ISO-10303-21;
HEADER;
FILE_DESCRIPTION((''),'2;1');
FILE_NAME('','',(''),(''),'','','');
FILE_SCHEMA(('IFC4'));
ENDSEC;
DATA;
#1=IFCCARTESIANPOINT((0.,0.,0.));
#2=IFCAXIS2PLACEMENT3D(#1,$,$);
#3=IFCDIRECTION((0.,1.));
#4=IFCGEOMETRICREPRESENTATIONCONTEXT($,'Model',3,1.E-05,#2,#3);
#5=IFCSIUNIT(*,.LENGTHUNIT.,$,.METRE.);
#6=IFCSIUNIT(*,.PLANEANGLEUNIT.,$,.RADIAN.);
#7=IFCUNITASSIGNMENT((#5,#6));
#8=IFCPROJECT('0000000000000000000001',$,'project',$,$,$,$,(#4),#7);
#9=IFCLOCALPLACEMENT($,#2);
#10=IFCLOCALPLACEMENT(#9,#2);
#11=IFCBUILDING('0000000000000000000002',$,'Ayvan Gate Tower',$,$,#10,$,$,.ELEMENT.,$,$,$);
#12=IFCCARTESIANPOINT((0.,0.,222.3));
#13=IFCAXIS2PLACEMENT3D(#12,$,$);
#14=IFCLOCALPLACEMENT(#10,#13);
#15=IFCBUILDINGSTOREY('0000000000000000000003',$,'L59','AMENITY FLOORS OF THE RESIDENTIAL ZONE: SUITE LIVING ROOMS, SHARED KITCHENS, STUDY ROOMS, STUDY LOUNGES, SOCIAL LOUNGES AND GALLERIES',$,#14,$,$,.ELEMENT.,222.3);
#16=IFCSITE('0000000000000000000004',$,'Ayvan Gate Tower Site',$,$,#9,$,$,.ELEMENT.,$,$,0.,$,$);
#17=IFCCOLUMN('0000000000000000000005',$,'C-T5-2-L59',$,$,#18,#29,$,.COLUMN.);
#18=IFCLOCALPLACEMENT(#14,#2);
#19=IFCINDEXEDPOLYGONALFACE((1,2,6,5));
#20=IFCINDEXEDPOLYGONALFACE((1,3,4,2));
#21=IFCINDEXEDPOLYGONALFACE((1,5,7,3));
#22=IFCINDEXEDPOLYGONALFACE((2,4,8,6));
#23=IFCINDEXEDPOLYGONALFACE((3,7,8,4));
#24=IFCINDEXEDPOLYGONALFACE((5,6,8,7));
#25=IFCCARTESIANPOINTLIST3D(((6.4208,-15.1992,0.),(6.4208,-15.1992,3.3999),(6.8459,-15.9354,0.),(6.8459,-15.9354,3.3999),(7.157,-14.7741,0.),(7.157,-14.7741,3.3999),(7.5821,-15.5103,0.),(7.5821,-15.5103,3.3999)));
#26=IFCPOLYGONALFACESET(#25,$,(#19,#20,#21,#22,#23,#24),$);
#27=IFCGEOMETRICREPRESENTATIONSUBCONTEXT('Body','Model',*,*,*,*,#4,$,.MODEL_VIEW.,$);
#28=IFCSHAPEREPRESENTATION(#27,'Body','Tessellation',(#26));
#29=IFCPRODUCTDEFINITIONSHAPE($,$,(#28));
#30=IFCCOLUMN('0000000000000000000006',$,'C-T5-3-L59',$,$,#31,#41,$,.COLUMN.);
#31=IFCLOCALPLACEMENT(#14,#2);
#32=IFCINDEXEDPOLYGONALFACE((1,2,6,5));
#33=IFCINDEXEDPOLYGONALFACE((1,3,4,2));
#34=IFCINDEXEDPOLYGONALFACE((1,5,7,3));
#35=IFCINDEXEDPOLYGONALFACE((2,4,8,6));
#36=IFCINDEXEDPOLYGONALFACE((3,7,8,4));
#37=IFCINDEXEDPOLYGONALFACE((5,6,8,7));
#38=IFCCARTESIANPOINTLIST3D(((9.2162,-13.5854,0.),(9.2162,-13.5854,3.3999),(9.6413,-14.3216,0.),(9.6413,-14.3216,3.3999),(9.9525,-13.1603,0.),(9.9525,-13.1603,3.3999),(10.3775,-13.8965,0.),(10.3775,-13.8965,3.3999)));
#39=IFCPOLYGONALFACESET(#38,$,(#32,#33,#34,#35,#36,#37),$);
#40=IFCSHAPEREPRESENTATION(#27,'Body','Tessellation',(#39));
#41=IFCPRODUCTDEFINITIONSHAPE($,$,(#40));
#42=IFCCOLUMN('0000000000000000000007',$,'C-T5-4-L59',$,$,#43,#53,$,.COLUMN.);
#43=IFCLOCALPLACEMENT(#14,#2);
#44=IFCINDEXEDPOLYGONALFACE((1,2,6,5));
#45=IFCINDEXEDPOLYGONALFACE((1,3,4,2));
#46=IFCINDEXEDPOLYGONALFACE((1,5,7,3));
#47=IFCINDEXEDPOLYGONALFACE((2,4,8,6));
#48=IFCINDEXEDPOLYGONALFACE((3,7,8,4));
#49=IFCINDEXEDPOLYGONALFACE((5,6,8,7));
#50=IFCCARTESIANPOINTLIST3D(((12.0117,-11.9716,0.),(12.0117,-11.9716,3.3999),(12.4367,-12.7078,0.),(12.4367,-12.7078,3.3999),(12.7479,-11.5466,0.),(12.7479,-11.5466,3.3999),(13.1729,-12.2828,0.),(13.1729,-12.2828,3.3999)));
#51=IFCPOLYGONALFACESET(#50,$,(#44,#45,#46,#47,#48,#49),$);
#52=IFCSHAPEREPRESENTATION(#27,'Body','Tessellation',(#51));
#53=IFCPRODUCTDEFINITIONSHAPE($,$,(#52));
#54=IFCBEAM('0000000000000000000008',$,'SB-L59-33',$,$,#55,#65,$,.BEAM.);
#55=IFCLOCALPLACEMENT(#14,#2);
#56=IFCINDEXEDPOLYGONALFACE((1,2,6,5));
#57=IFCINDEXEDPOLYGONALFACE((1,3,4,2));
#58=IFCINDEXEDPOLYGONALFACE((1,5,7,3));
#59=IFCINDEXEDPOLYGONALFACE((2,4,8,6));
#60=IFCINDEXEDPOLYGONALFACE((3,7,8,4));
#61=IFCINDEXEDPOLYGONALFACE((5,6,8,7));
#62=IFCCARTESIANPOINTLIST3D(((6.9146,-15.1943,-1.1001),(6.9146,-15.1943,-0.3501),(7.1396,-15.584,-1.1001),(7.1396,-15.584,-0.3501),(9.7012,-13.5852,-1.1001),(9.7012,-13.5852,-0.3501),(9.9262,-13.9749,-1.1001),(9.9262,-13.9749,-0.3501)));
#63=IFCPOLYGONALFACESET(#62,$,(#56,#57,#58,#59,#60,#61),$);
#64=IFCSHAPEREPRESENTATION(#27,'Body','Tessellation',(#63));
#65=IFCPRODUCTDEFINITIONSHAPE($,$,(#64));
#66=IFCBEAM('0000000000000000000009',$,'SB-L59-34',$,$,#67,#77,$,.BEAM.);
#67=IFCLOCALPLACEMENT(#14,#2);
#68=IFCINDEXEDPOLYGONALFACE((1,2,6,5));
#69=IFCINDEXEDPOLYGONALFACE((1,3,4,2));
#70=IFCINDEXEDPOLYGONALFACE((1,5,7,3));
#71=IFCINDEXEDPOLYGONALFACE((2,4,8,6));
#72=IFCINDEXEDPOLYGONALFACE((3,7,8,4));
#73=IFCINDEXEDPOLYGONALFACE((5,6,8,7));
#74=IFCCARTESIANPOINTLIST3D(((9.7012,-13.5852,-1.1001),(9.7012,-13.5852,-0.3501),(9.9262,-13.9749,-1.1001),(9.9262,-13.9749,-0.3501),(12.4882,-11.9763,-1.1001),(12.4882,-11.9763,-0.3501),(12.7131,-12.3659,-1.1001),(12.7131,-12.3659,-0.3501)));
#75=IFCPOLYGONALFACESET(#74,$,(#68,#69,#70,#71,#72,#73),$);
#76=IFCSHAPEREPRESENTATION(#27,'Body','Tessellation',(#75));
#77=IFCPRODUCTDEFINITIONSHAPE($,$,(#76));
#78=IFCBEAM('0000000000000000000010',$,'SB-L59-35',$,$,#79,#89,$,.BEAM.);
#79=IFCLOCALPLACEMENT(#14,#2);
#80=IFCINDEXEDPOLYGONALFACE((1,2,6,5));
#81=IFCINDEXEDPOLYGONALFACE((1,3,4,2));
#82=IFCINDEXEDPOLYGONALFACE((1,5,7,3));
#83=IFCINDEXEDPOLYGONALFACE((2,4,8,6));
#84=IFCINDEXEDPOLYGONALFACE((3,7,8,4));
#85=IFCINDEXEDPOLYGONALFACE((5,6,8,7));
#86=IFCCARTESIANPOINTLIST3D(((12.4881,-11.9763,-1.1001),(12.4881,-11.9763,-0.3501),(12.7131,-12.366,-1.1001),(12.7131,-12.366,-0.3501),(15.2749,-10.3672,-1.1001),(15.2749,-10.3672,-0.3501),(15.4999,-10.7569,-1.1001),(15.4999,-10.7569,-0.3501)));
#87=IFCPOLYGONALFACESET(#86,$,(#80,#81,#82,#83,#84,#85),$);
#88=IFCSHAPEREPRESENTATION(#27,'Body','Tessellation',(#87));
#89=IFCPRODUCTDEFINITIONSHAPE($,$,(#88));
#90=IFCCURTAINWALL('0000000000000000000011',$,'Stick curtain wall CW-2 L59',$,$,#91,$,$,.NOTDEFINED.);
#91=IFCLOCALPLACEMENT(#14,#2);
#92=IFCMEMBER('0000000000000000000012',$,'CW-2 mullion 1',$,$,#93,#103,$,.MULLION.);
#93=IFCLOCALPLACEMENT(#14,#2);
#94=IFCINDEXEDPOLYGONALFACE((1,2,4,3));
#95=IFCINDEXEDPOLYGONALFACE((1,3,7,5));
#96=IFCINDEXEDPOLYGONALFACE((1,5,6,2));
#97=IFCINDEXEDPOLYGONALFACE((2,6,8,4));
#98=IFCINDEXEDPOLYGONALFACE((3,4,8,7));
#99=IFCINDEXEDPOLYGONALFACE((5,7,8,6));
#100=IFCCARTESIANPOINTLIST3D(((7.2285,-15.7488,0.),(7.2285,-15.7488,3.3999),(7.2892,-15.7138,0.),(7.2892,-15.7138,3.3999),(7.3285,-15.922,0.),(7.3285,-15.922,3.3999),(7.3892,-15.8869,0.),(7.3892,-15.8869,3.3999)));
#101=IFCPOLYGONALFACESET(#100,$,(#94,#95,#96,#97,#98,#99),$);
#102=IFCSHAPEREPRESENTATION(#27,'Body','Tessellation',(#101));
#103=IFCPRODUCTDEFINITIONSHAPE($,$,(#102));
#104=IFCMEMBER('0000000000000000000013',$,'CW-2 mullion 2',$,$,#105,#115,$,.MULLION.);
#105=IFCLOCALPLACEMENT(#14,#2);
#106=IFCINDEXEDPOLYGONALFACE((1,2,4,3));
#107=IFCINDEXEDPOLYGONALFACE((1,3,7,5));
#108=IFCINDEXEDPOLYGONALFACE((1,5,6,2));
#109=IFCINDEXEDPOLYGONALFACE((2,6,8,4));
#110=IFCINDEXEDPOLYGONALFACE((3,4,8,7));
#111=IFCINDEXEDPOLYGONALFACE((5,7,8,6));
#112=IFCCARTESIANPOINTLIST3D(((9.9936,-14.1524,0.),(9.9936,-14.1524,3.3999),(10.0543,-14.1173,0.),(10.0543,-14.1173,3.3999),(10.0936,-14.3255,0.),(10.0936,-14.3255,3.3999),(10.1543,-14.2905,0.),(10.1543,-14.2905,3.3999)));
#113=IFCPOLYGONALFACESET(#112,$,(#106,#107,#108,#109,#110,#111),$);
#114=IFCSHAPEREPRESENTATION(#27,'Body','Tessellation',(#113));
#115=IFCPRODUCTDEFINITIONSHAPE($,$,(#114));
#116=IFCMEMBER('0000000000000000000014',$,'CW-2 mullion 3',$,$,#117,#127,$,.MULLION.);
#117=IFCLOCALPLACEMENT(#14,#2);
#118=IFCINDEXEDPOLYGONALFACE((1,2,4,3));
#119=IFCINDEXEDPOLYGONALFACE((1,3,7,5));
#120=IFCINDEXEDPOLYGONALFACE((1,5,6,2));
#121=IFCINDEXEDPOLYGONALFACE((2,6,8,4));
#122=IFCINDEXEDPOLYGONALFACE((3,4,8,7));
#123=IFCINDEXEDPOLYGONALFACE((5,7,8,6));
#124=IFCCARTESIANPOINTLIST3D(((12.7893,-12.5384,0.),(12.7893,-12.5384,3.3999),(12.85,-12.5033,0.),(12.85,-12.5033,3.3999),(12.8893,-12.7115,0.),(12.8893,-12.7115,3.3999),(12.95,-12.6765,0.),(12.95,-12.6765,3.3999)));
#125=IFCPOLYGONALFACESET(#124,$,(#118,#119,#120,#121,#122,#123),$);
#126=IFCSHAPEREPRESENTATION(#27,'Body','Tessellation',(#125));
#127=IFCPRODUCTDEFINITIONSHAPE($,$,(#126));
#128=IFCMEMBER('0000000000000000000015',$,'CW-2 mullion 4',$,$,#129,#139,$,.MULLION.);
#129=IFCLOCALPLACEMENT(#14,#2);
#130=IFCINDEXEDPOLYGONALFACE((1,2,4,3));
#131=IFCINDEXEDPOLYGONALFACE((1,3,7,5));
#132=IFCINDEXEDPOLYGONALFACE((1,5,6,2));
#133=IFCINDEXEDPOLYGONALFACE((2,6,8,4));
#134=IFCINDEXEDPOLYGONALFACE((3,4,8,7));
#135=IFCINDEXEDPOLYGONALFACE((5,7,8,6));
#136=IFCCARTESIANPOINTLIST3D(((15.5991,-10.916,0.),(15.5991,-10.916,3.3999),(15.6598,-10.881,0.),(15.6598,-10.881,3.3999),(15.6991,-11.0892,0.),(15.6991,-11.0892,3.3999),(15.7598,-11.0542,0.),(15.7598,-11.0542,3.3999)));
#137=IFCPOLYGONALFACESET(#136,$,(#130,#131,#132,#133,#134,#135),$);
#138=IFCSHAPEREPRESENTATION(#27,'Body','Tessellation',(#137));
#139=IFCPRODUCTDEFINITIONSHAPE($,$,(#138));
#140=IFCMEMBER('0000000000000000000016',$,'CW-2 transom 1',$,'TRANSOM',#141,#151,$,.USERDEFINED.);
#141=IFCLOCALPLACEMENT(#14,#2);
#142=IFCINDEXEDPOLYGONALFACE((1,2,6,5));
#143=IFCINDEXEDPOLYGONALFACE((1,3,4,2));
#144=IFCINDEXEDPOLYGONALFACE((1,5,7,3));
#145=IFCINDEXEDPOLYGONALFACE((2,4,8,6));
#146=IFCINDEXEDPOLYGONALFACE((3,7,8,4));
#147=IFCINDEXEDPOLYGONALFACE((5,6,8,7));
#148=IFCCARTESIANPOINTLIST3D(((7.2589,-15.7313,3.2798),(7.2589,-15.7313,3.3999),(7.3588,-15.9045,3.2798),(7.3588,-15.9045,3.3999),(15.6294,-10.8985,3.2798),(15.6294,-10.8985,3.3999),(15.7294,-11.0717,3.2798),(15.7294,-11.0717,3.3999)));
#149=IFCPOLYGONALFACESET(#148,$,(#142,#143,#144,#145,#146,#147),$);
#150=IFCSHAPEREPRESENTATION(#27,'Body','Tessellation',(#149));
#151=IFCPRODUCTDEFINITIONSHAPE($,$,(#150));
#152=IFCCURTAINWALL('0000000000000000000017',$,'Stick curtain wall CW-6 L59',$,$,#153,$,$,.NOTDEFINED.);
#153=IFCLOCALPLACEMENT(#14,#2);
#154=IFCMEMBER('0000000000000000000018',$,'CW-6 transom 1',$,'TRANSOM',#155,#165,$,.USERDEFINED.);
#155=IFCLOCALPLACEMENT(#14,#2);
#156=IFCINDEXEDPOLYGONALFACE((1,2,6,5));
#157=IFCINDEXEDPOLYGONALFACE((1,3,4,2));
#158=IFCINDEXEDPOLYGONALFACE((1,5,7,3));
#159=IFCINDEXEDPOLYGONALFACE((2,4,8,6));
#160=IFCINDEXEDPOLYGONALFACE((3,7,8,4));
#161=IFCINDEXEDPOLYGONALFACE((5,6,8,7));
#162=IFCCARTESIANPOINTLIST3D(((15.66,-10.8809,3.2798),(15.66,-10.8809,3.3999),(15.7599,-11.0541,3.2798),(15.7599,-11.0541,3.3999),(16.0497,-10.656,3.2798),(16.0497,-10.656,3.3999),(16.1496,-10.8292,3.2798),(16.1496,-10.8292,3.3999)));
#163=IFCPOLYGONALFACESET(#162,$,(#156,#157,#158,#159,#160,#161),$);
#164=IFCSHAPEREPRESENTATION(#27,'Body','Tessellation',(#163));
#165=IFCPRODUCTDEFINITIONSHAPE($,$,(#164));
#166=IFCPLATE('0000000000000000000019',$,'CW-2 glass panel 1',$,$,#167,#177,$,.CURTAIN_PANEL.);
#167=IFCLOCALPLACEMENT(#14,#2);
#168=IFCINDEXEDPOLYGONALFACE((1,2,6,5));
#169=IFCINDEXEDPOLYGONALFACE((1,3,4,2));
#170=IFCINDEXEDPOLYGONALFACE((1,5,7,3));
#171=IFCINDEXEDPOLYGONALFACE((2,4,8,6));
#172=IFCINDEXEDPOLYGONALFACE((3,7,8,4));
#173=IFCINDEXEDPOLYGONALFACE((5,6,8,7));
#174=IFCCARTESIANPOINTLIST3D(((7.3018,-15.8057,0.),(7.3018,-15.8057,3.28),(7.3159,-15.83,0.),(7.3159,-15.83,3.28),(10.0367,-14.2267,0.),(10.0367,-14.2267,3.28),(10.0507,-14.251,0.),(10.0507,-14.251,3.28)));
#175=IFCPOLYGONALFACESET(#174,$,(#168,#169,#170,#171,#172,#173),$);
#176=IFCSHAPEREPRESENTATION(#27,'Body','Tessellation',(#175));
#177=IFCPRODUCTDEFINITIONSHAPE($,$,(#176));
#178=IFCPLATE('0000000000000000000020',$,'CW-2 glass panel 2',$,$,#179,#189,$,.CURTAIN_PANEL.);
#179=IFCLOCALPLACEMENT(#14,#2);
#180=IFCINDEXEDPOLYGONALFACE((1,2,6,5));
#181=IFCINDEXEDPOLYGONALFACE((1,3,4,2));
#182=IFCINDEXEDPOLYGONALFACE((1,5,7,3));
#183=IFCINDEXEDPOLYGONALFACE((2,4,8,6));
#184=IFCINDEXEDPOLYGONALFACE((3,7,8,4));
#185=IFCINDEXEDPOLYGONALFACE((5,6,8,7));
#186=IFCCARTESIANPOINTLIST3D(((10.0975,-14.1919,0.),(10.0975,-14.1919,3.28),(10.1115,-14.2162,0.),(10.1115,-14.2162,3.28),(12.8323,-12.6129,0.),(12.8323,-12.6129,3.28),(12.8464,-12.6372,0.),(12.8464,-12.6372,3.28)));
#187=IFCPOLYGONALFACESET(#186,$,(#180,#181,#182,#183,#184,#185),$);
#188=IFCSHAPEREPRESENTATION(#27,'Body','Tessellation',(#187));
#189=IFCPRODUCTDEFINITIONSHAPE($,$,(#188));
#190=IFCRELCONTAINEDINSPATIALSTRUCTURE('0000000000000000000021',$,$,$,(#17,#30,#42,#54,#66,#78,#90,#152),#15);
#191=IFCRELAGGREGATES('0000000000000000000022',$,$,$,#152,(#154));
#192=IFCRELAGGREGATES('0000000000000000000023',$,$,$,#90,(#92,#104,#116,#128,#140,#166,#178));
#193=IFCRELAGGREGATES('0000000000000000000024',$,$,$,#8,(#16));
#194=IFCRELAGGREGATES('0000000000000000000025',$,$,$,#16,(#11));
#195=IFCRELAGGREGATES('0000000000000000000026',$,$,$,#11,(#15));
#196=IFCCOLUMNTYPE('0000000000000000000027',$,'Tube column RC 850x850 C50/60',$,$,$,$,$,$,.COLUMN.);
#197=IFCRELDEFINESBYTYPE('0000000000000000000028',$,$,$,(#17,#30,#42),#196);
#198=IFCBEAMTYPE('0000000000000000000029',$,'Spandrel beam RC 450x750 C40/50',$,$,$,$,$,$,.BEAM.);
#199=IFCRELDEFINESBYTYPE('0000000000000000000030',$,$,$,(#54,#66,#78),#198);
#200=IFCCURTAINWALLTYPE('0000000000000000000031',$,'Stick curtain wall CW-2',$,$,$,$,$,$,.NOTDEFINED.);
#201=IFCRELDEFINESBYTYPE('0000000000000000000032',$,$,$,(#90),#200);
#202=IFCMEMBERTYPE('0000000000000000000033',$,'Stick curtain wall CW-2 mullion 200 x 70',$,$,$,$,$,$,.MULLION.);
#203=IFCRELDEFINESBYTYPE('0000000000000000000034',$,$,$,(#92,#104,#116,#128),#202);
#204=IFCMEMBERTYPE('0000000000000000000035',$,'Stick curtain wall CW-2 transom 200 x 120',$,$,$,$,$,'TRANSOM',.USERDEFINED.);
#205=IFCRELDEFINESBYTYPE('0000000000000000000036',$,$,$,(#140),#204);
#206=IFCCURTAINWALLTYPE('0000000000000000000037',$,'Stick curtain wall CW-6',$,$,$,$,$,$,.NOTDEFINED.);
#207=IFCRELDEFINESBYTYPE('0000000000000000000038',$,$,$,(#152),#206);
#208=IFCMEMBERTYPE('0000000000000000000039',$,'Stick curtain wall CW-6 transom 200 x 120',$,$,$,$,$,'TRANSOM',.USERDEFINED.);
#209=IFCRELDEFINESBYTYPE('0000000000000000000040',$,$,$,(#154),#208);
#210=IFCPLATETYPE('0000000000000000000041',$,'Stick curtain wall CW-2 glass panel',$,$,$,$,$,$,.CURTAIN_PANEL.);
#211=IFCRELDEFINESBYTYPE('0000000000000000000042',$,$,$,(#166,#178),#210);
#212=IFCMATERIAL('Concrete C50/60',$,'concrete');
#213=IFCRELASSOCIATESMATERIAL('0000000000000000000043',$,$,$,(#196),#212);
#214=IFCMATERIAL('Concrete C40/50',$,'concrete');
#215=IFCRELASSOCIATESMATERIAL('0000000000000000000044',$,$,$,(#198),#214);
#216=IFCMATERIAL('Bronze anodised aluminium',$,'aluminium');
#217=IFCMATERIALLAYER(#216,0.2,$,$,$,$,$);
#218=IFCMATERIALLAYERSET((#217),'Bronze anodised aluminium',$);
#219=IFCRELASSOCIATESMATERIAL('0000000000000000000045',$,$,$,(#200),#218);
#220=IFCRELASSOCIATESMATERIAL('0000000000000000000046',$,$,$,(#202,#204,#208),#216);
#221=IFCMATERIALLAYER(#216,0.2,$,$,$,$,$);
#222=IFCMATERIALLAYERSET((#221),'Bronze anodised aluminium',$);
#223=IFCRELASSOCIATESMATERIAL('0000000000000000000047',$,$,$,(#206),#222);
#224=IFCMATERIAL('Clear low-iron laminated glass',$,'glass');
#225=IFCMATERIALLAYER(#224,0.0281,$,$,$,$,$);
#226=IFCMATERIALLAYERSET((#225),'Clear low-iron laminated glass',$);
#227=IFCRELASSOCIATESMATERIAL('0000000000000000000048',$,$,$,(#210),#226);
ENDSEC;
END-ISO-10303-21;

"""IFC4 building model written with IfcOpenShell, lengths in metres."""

from ifc_helpers import new_model, si_unit, direction, frame, origin, origin_2d, place, context, subcontext, project, spatial, rectangle, extrude, material, layer, layer_set, material_profile, profile_set, type_object, element, aggregate, save


model = new_model("IFC4")

# Units and contexts
model_context = context("Model", 3, precision=1e-05, world=origin(), true_north=direction((0.0, 1.0)))
body_context = subcontext(model_context, "Body", "Model", "MODEL_VIEW")
ifc_project = project(units=[si_unit("LENGTHUNIT", "METRE"), si_unit("PLANEANGLEUNIT", "RADIAN")], contexts=[model_context])

# Site, building, storey
site_placement = place(None, origin())
site = spatial("IfcSite", under=ifc_project, at=site_placement, Name="Ayvan Gate Tower Site", CompositionType="ELEMENT", RefElevation=0.0)
building_placement = place(site_placement, origin())
building = spatial("IfcBuilding", under=site, at=building_placement, Name="Ayvan Gate Tower", CompositionType="ELEMENT")
storey_placement = place(building_placement, frame((0.0, 0.0, 222.3)))
storey = spatial("IfcBuildingStorey", under=building, at=storey_placement, Name="L59", Description="AMENITY FLOORS OF THE RESIDENTIAL ZONE: SUITE LIVING ROOMS, SHARED KITCHENS, STUDY ROOMS, STUDY LOUNGES, SOCIAL LOUNGES AND GALLERIES", CompositionType="ELEMENT", Elevation=222.3)

# Columns
ifc_material_1 = material(Name="Concrete C50/60", Category="concrete")
ifc_material_profile_1 = material_profile(ifc_material_1, rectangle(XDim=0.8501, YDim=0.8501, at=origin_2d()), Name="RC 850x850")
ifc_profile_set_1 = profile_set([ifc_material_profile_1], Name="Concrete C50/60")
column_type = type_object("IfcColumnType", Name="Tube column RC 850x850 C50/60", PredefinedType="COLUMN", material=ifc_profile_set_1)
for number, where, z_axis, x_axis, name in (
    (1, (7.0015, -15.3547, 0.0), (0.0, 0.0, 1.0), (0.5, -0.866025, 0.0), "C-T5-2-L59"),
    (2, (9.7969, -13.741, 0.0), (0.0, 0.0, 1.0), (0.5, -0.866025, 0.0), "C-T5-3-L59"),
    (3, (12.5923, -12.1272, 0.0), (0.0, 0.0, 1.0), (0.5, -0.866025, 0.0), "C-T5-4-L59"),
):
    element("IfcColumn", number, at=place(storey_placement, frame(where, z_axis=z_axis, x_axis=x_axis)), inside=storey, type_object=column_type, Name=name, PredefinedType="COLUMN", context=body_context, shape_type="SweptSolid", body=[
        extrude(rectangle(XDim=0.8501, YDim=0.8501, at=origin_2d()), origin(), (0.0, 0.0, 1.0), 3.3999),
    ])

# Beams
ifc_material_2 = material(Name="Concrete C40/50", Category="concrete")
ifc_material_profile_2 = material_profile(ifc_material_2, rectangle(XDim=0.45, YDim=0.75, at=origin_2d()), Name="RC 450x750")
ifc_profile_set_2 = profile_set([ifc_material_profile_2], Name="Concrete C40/50")
beam_type = type_object("IfcBeamType", Name="Spandrel beam RC 450x750 C40/50", PredefinedType="BEAM", material=ifc_profile_set_2)
beam_placement = place(storey_placement, frame((7.0271, -15.3892, -0.7251), z_axis=(0.865988, 0.500064, 0.0), x_axis=(-0.500064, 0.865988, 0.0)))
element("IfcBeam", 4, at=beam_placement, inside=storey, type_object=beam_type, Name="SB-L59-33", PredefinedType="BEAM", context=body_context, shape_type="SweptSolid", body=[
    extrude(rectangle(XDim=0.45, YDim=0.75, at=origin_2d()), origin(), (0.0, 0.0, 1.0), 3.2178),
])
for number, where, z_axis, x_axis, name in (
    (5, (9.8137, -13.78, -0.7251), (0.86604, 0.499974, 0.0), (-0.499974, 0.86604, 0.0), "SB-L59-34"),
    (6, (12.6006, -12.1711, -0.7251), (0.866007, 0.500031, 0.0), (-0.500031, 0.866007, 0.0), "SB-L59-35"),
):
    element("IfcBeam", number, at=place(storey_placement, frame(where, z_axis=z_axis, x_axis=x_axis)), inside=storey, type_object=beam_type, Name=name, PredefinedType="BEAM", context=body_context, shape_type="SweptSolid", body=[
        extrude(rectangle(XDim=0.45, YDim=0.75, at=origin_2d()), origin(), (0.0, 0.0, 1.0), 3.218),
    ])

# Curtain wall, members
ifc_material_3 = material(Name="Bronze anodised aluminium", Category="aluminium")
ifc_layer_1 = layer(ifc_material_3, 0.2)
ifc_layer_set_1 = layer_set([ifc_layer_1], Name="Bronze anodised aluminium")
curtain_wall_type_1 = type_object("IfcCurtainWallType", Name="Stick curtain wall CW-2", PredefinedType="NOTDEFINED", material=ifc_layer_set_1)
curtain_wall_1_placement = place(storey_placement, origin())
curtain_wall_1 = element("IfcCurtainWall", 7, at=curtain_wall_1_placement, inside=storey, type_object=curtain_wall_type_1, Name="Stick curtain wall CW-2 L59", PredefinedType="NOTDEFINED")
ifc_material_profile_3 = material_profile(ifc_material_3, rectangle(XDim=0.2, YDim=0.0701, at=origin_2d()), Name="Stick curtain wall CW-2 mullion 200 x 70")
ifc_profile_set_3 = profile_set([ifc_material_profile_3], Name="Bronze anodised aluminium")
member_type_1 = type_object("IfcMemberType", Name="Stick curtain wall CW-2 mullion 200 x 70", PredefinedType="MULLION", material=ifc_profile_set_3)
member_1_placement = place(storey_placement, frame((7.3088, -15.8179, 0.0), z_axis=(0.0, 0.0, 1.0), x_axis=(0.5, -0.866025, 0.0)))
member_1 = element("IfcMember", 8, at=member_1_placement, type_object=member_type_1, Name="CW-2 mullion 1", PredefinedType="MULLION", context=body_context, shape_type="SweptSolid", body=[
    extrude(rectangle(XDim=0.2, YDim=0.0701, at=origin_2d()), origin(), (0.0, 0.0, 1.0), 3.3999),
])
member_2_placement = place(storey_placement, frame((10.074, -14.2214, 0.0), z_axis=(0.0, 0.0, 1.0), x_axis=(0.5, -0.866025, 0.0)))
member_2 = element("IfcMember", 9, at=member_2_placement, type_object=member_type_1, Name="CW-2 mullion 2", PredefinedType="MULLION", context=body_context, shape_type="SweptSolid", body=[
    extrude(rectangle(XDim=0.2, YDim=0.0701, at=origin_2d()), origin(), (0.0, 0.0, 1.0), 3.3999),
])
member_3_placement = place(storey_placement, frame((12.8696, -12.6074, 0.0), z_axis=(0.0, 0.0, 1.0), x_axis=(0.5, -0.866025, 0.0)))
member_3 = element("IfcMember", 10, at=member_3_placement, type_object=member_type_1, Name="CW-2 mullion 3", PredefinedType="MULLION", context=body_context, shape_type="SweptSolid", body=[
    extrude(rectangle(XDim=0.2, YDim=0.0701, at=origin_2d()), origin(), (0.0, 0.0, 1.0), 3.3999),
])
member_4_placement = place(storey_placement, frame((15.6794, -10.9851, 0.0), z_axis=(0.0, 0.0, 1.0), x_axis=(0.5, -0.866025, 0.0)))
member_4 = element("IfcMember", 11, at=member_4_placement, type_object=member_type_1, Name="CW-2 mullion 4", PredefinedType="MULLION", context=body_context, shape_type="SweptSolid", body=[
    extrude(rectangle(XDim=0.2, YDim=0.0701, at=origin_2d()), origin(), (0.0, 0.0, 1.0), 3.3999),
])
ifc_material_profile_4 = material_profile(ifc_material_3, rectangle(XDim=0.2, YDim=0.1201, at=origin_2d()), Name="Stick curtain wall CW-2 transom 200 x 120")
ifc_profile_set_4 = profile_set([ifc_material_profile_4], Name="Bronze anodised aluminium")
member_type_2 = type_object("IfcMemberType", Name="Stick curtain wall CW-2 transom 200 x 120", ElementType="TRANSOM", PredefinedType="USERDEFINED", material=ifc_profile_set_4)
member_5_placement = place(storey_placement, frame((7.3088, -15.8179, 3.3398), z_axis=(0.866026, 0.499999, 0.0), x_axis=(-0.499999, 0.866026, 0.0)))
member_5 = element("IfcMember", 12, at=member_5_placement, type_object=member_type_2, Name="CW-2 transom 1", ObjectType="TRANSOM", PredefinedType="USERDEFINED", context=body_context, shape_type="SweptSolid", body=[
    extrude(rectangle(XDim=0.2, YDim=0.1201, at=origin_2d()), origin(), (0.0, 0.0, 1.0), 9.6655),
])

# Curtain wall, member
ifc_layer_2 = layer(ifc_material_3, 0.2)
ifc_layer_set_2 = layer_set([ifc_layer_2], Name="Bronze anodised aluminium")
curtain_wall_type_2 = type_object("IfcCurtainWallType", Name="Stick curtain wall CW-6", PredefinedType="NOTDEFINED", material=ifc_layer_set_2)
curtain_wall_2_placement = place(storey_placement, origin())
curtain_wall_2 = element("IfcCurtainWall", 13, at=curtain_wall_2_placement, inside=storey, type_object=curtain_wall_type_2, Name="Stick curtain wall CW-6 L59", PredefinedType="NOTDEFINED")
ifc_material_profile_5 = material_profile(ifc_material_3, rectangle(XDim=0.2, YDim=0.1201, at=origin_2d()), Name="Stick curtain wall CW-6 transom 200 x 120")
ifc_profile_set_5 = profile_set([ifc_material_profile_5], Name="Bronze anodised aluminium")
member_type_3 = type_object("IfcMemberType", Name="Stick curtain wall CW-6 transom 200 x 120", ElementType="TRANSOM", PredefinedType="USERDEFINED", material=ifc_profile_set_5)
member_6_placement = place(storey_placement, frame((15.71, -10.9675, 3.3398), z_axis=(0.866131, 0.499816, 0.0), x_axis=(-0.499816, 0.866131, 0.0)))
member_6 = element("IfcMember", 14, at=member_6_placement, type_object=member_type_3, Name="CW-6 transom 1", ObjectType="TRANSOM", PredefinedType="USERDEFINED", context=body_context, shape_type="SweptSolid", body=[
    extrude(rectangle(XDim=0.2, YDim=0.1201, at=origin_2d()), origin(), (0.0, 0.0, 1.0), 0.45),
])
aggregate(curtain_wall_2, [member_6])

# Plates
ifc_material_4 = material(Name="Clear low-iron laminated glass", Category="glass")
ifc_layer_3 = layer(ifc_material_4, 0.0281)
ifc_layer_set_3 = layer_set([ifc_layer_3], Name="Clear low-iron laminated glass")
plate_type = type_object("IfcPlateType", Name="Stick curtain wall CW-2 glass panel", PredefinedType="CURTAIN_PANEL", material=ifc_layer_set_3)
plate_1_placement = place(storey_placement, frame((8.6763, -15.0283, 0.0), z_axis=(0.0, 0.0, 1.0), x_axis=(0.866025, 0.5, 0.0)))
plate_1 = element("IfcPlate", 15, at=plate_1_placement, type_object=plate_type, Name="CW-2 glass panel 1", PredefinedType="CURTAIN_PANEL", context=body_context, shape_type="SweptSolid", body=[
    extrude(rectangle(XDim=3.158, YDim=0.0281, at=origin_2d()), origin(), (0.0, 0.0, 1.0), 3.28),
])
plate_2_placement = place(storey_placement, frame((11.4719, -13.4146, 0.0), z_axis=(0.0, 0.0, 1.0), x_axis=(0.866025, 0.5, 0.0)))
plate_2 = element("IfcPlate", 16, at=plate_2_placement, type_object=plate_type, Name="CW-2 glass panel 2", PredefinedType="CURTAIN_PANEL", context=body_context, shape_type="SweptSolid", body=[
    extrude(rectangle(XDim=3.158, YDim=0.0281, at=origin_2d()), origin(), (0.0, 0.0, 1.0), 3.28),
])
aggregate(curtain_wall_1, [member_1, member_2, member_3, member_4, member_5, plate_1, plate_2])

save(model, "model.ifc")
